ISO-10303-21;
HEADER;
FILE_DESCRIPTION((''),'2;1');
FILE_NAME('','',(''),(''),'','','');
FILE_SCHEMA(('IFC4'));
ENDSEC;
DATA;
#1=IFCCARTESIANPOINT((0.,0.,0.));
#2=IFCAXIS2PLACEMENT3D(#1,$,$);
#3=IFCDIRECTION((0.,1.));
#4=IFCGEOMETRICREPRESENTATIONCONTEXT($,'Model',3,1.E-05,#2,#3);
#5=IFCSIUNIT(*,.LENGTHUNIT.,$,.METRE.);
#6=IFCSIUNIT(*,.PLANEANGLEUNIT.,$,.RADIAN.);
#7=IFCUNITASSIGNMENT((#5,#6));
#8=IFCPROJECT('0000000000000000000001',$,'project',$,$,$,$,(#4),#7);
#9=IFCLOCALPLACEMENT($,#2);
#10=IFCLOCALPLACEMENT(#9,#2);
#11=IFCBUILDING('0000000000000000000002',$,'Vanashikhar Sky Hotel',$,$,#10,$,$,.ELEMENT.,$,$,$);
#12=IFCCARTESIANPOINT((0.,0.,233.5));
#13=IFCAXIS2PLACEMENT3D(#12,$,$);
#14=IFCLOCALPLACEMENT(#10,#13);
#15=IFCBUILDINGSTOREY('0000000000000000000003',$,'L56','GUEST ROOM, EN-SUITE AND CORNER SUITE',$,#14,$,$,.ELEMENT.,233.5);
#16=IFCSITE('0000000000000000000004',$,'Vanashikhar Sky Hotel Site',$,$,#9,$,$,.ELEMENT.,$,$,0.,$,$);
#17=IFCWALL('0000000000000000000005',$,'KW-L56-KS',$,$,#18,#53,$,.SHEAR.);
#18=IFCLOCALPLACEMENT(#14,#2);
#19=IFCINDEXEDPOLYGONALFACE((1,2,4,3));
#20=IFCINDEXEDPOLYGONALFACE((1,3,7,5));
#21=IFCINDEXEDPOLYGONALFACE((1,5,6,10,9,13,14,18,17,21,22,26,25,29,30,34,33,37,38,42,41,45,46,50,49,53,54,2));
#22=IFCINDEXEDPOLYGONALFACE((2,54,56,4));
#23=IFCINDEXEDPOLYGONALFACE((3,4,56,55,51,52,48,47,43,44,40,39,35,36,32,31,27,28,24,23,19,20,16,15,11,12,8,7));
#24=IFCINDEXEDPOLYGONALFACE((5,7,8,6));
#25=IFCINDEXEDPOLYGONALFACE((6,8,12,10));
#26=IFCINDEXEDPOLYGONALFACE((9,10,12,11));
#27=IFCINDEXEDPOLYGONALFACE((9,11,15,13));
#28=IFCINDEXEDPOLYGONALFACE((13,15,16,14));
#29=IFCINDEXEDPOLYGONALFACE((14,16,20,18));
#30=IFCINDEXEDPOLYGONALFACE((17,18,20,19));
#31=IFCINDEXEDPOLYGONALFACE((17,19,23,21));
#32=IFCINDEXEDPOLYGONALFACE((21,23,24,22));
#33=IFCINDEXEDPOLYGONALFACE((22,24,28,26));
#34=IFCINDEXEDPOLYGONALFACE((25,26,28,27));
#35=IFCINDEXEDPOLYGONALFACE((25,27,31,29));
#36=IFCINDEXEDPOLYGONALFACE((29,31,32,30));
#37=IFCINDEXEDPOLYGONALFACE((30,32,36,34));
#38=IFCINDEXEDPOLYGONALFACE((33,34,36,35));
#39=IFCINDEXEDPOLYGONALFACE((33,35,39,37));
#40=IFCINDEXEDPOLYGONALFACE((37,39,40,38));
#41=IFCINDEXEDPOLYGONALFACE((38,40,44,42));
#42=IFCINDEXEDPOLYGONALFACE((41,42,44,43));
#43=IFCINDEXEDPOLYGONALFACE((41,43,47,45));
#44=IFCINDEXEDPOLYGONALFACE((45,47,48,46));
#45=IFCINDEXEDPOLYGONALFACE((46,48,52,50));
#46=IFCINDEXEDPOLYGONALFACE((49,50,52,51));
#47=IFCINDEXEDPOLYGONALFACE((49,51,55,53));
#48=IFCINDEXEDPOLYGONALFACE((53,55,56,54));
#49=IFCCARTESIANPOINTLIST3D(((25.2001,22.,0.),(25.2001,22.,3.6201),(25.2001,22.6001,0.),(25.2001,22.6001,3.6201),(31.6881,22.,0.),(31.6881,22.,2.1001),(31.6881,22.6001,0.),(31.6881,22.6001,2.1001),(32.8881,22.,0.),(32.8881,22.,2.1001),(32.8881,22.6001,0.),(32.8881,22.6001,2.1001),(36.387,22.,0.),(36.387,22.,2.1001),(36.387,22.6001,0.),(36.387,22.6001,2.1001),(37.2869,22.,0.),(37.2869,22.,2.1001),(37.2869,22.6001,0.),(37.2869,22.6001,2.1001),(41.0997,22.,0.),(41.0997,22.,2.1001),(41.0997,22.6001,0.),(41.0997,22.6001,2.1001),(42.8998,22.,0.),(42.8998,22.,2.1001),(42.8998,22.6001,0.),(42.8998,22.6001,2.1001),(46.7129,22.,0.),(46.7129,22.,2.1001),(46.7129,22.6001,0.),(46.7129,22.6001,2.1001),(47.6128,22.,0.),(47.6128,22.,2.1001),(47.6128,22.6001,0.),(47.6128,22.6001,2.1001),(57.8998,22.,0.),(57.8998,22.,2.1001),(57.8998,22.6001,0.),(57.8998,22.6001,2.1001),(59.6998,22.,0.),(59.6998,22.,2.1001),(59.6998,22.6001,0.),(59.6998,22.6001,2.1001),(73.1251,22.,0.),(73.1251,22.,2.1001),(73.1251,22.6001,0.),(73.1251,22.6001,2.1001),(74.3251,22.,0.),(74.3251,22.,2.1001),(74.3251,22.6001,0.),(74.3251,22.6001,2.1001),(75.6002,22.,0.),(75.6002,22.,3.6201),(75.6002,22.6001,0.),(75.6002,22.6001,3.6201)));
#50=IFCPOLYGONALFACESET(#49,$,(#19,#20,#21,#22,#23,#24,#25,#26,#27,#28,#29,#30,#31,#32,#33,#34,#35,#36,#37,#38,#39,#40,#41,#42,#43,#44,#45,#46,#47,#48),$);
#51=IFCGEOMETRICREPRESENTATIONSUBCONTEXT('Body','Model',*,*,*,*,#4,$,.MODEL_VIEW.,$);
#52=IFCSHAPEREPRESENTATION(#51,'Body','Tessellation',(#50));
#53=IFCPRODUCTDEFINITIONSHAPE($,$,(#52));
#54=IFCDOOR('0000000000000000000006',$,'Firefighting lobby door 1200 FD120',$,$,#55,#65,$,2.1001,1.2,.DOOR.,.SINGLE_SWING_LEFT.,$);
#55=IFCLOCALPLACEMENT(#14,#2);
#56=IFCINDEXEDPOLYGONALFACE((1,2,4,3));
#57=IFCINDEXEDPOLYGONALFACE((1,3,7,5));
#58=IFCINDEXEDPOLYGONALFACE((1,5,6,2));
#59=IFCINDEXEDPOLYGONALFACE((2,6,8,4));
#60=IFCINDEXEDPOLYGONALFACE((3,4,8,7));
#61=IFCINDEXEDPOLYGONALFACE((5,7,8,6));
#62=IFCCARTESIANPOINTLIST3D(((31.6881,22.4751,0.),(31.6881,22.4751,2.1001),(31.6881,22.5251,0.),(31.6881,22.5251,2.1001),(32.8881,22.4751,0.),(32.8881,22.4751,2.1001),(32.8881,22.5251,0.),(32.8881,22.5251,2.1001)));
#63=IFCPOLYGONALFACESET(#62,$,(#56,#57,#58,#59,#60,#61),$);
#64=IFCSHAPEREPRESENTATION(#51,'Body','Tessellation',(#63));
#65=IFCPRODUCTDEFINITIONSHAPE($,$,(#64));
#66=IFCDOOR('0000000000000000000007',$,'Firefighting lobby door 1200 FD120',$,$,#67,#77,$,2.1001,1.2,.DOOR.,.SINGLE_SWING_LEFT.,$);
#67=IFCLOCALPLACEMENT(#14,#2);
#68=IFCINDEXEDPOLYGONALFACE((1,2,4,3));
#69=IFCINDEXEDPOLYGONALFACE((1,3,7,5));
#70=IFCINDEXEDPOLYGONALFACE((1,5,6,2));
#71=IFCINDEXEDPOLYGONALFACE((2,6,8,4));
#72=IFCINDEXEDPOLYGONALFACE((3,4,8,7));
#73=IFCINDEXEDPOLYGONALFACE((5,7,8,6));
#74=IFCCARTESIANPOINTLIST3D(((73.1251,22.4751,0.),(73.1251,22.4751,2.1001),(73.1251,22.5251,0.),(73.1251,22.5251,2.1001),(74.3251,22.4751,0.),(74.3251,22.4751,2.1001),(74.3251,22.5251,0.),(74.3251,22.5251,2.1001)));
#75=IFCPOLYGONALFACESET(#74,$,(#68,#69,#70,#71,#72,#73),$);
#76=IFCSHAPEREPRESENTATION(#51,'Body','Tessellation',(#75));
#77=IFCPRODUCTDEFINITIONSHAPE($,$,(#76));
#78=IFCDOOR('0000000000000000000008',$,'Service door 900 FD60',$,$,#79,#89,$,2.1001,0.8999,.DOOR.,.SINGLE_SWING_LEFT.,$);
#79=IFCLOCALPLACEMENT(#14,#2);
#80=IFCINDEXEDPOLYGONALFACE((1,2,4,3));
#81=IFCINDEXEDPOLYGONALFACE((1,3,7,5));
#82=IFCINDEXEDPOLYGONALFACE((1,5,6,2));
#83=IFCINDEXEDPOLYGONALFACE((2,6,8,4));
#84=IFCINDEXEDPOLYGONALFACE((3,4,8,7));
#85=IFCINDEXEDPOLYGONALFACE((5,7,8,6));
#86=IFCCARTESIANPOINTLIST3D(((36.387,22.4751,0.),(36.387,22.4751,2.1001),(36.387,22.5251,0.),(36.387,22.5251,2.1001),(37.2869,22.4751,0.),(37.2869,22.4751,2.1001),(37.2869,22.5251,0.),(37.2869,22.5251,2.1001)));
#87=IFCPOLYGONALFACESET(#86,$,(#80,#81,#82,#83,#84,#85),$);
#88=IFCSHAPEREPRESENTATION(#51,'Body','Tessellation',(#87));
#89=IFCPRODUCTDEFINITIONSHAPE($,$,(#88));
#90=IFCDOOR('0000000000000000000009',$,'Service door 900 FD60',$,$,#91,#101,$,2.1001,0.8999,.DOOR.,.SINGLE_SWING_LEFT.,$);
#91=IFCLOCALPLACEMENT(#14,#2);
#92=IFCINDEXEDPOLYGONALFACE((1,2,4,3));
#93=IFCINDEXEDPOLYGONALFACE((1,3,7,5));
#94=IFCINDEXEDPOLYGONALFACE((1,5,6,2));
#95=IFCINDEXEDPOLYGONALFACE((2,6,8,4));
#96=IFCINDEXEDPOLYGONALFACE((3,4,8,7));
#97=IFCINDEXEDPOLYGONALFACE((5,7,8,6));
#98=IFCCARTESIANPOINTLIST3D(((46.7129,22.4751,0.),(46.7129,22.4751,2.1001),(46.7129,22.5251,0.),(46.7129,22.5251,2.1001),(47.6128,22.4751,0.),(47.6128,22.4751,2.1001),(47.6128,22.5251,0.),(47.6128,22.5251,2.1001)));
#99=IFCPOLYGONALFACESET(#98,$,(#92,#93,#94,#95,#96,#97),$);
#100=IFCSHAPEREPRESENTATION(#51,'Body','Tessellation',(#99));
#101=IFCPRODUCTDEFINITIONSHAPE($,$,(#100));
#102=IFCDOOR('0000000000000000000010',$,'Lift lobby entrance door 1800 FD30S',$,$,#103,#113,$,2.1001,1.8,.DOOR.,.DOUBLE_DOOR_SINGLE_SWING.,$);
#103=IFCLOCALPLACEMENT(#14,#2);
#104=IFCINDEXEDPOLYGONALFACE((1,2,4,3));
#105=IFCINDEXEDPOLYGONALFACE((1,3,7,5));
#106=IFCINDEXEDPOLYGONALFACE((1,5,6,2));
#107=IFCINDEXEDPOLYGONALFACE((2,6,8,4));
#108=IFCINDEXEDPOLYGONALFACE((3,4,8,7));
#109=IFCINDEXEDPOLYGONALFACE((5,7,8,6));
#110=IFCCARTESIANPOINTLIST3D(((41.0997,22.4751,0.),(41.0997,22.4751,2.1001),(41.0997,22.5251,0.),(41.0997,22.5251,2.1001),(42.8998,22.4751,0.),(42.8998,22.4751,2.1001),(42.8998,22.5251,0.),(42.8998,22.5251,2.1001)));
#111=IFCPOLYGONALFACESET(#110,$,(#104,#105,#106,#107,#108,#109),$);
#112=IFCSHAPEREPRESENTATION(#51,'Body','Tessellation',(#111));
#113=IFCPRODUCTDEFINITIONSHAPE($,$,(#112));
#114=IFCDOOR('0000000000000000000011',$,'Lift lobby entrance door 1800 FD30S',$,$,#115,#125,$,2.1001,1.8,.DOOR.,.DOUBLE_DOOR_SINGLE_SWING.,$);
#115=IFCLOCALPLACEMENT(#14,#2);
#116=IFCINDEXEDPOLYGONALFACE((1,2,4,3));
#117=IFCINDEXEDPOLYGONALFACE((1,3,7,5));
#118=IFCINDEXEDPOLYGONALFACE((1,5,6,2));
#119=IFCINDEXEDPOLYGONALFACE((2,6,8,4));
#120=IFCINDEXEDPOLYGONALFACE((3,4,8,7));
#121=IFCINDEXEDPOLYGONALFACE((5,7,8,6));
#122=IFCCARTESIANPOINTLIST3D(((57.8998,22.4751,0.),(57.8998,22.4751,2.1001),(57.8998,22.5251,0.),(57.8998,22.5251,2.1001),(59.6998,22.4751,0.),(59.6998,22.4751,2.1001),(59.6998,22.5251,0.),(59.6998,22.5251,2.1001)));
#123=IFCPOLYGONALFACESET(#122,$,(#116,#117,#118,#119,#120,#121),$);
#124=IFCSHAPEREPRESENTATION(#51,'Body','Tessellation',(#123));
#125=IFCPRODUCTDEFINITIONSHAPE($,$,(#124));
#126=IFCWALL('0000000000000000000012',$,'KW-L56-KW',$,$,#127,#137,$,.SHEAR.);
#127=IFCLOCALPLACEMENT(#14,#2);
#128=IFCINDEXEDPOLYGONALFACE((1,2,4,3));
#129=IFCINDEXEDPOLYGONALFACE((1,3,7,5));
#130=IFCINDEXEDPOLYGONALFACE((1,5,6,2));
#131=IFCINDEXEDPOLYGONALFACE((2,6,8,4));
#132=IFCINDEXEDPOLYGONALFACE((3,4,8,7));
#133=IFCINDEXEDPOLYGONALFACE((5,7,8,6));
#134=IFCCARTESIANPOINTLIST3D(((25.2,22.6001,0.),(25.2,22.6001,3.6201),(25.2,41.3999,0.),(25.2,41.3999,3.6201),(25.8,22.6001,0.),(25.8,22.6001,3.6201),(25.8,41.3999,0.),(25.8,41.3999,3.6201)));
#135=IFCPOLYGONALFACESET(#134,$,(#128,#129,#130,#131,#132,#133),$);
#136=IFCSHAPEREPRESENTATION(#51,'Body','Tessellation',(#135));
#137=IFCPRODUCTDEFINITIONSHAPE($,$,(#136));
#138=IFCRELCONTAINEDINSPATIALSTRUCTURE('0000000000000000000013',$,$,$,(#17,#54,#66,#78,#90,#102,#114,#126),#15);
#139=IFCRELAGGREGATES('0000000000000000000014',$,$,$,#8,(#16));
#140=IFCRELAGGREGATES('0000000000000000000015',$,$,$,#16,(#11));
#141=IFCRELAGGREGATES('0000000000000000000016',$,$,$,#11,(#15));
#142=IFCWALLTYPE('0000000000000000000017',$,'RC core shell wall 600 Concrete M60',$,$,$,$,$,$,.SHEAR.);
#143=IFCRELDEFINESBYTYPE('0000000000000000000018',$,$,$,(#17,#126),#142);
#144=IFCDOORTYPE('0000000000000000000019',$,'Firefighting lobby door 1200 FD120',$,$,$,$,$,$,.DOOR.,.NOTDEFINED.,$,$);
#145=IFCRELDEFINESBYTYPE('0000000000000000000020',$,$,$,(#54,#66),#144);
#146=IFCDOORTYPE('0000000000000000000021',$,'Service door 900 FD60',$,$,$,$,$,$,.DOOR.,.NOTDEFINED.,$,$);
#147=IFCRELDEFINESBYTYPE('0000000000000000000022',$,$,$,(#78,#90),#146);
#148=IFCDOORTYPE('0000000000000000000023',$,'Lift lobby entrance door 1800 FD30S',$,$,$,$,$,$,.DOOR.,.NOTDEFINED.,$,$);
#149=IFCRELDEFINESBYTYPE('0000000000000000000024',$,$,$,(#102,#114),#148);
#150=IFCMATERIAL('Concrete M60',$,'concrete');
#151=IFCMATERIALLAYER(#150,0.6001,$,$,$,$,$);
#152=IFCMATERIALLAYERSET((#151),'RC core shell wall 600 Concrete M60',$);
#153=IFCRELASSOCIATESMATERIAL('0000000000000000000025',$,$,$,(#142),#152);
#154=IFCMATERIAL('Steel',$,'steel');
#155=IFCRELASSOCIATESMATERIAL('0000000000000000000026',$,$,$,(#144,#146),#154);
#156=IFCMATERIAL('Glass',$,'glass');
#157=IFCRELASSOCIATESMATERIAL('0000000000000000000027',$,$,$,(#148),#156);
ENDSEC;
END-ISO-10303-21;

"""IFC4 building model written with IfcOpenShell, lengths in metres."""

from ifc_helpers import new_model, si_unit, direction, frame, frame_2d, origin, place, context, subcontext, project, spatial, rectangle, extrude, source, transform, mapped, material, layer, layer_set, type_object, element, fill, save


model = new_model("IFC4")

# Units and contexts
model_context = context("Model", 3, precision=1e-05, world=origin(), true_north=direction((0.0, 1.0)))
body_context = subcontext(model_context, "Body", "Model", "MODEL_VIEW")
ifc_project = project(units=[si_unit("LENGTHUNIT", "METRE"), si_unit("PLANEANGLEUNIT", "RADIAN")], contexts=[model_context])

# Site, building, storey
site_placement = place(None, origin())
site = spatial("IfcSite", under=ifc_project, at=site_placement, Name="Vanashikhar Sky Hotel Site", CompositionType="ELEMENT", RefElevation=0.0)
building_placement = place(site_placement, origin())
building = spatial("IfcBuilding", under=site, at=building_placement, Name="Vanashikhar Sky Hotel", CompositionType="ELEMENT")
storey_placement = place(building_placement, frame((0.0, 0.0, 233.5)))
storey = spatial("IfcBuildingStorey", under=building, at=storey_placement, Name="L56", Description="GUEST ROOM, EN-SUITE AND CORNER SUITE", CompositionType="ELEMENT", Elevation=233.5)

# Wall, openings, doors
ifc_material_1 = material(Name="Concrete M60", Category="concrete")
ifc_layer_1 = layer(ifc_material_1, 0.6001)
ifc_layer_set_1 = layer_set([ifc_layer_1], Name="RC core shell wall 600 Concrete M60")
wall_type_1 = type_object("IfcWallType", Name="RC core shell wall 600 Concrete M60", PredefinedType="SHEAR", material=ifc_layer_set_1)
shared_shape_1 = source(origin(), body_context, "Body", "SweptSolid", [
    extrude(rectangle(XDim=50.4001, YDim=0.6001, at=frame_2d((25.2002, 0.0))), origin(), (0.0, 0.0, 1.0), 3.6201),
])
wall_1_placement = place(storey_placement, frame((25.2, 22.3, 0.0), z_axis=(0.0, 0.0, 1.0), x_axis=(1.0, 0.0, 0.0)))
wall_1 = element("IfcWall", 1, at=wall_1_placement, inside=storey, type_object=wall_type_1, Name="KW-L56-KS", PredefinedType="SHEAR", context=body_context, shape_type="MappedRepresentation", body=[
    mapped(shared_shape_1, transform((0.0, 0.0, 0.0), scale=1.0)),
])
shared_shape_2 = source(origin(), body_context, "Body", "SweptSolid", [
    extrude(rectangle(XDim=1.8, YDim=2.1001, at=frame_2d((0.8999, 1.05))), frame((0.0, 0.3101, 0.0), z_axis=(0.0, -1.0, 0.0), x_axis=(1.0, 0.0, 0.0)), (0.0, 0.0, 1.0), 0.6201),
])
opening_1_placement = place(wall_1_placement, frame((15.8999, 0.0, 0.0)))
opening_1 = element("IfcOpeningElement", 2, at=opening_1_placement, cuts=wall_1, PredefinedType="OPENING", context=body_context, shape_type="MappedRepresentation", body=[
    mapped(shared_shape_2, transform((0.0, 0.0, 0.0), scale=1.0)),
])
shared_shape_3 = source(origin(), body_context, "Body", "SweptSolid", [
    extrude(rectangle(XDim=0.8999, YDim=2.1001, at=frame_2d((0.45, 1.05))), frame((0.0, 0.3101, 0.0), z_axis=(0.0, -1.0, 0.0), x_axis=(1.0, 0.0, 0.0)), (0.0, 0.0, 1.0), 0.6201),
])
opening_2_placement = place(wall_1_placement, frame((11.187, 0.0, 0.0)))
opening_2 = element("IfcOpeningElement", 3, at=opening_2_placement, cuts=wall_1, PredefinedType="OPENING", context=body_context, shape_type="MappedRepresentation", body=[
    mapped(shared_shape_3, transform((0.0, 0.0, 0.0), scale=1.0)),
])
opening_3_placement = place(wall_1_placement, frame((21.5129, 0.0, 0.0)))
opening_3 = element("IfcOpeningElement", 4, at=opening_3_placement, cuts=wall_1, PredefinedType="OPENING", context=body_context, shape_type="MappedRepresentation", body=[
    mapped(shared_shape_3, transform((0.0, 0.0, 0.0), scale=1.0)),
])
opening_4_placement = place(wall_1_placement, frame((32.7, 0.0, 0.0)))
opening_4 = element("IfcOpeningElement", 5, at=opening_4_placement, cuts=wall_1, PredefinedType="OPENING", context=body_context, shape_type="MappedRepresentation", body=[
    mapped(shared_shape_2, transform((0.0, 0.0, 0.0), scale=1.0)),
])
shared_shape_4 = source(origin(), body_context, "Body", "SweptSolid", [
    extrude(rectangle(XDim=1.2, YDim=2.1001, at=frame_2d((0.6001, 1.05))), frame((0.0, 0.3101, 0.0), z_axis=(0.0, -1.0, 0.0), x_axis=(1.0, 0.0, 0.0)), (0.0, 0.0, 1.0), 0.6201),
])
opening_5_placement = place(wall_1_placement, frame((6.488, 0.0, 0.0)))
opening_5 = element("IfcOpeningElement", 6, at=opening_5_placement, cuts=wall_1, PredefinedType="OPENING", context=body_context, shape_type="MappedRepresentation", body=[
    mapped(shared_shape_4, transform((0.0, 0.0, 0.0), scale=1.0)),
])
opening_6_placement = place(wall_1_placement, frame((47.925, 0.0, 0.0)))
opening_6 = element("IfcOpeningElement", 7, at=opening_6_placement, cuts=wall_1, PredefinedType="OPENING", context=body_context, shape_type="MappedRepresentation", body=[
    mapped(shared_shape_4, transform((0.0, 0.0, 0.0), scale=1.0)),
])
ifc_material_2 = material(Name="Steel", Category="steel")
door_type_1 = type_object("IfcDoorType", Name="Firefighting lobby door 1200 FD120", OperationType="NOTDEFINED", PredefinedType="DOOR", material=ifc_material_2)
shared_shape_5 = source(origin(), body_context, "Body", "SweptSolid", [
    extrude(rectangle(XDim=1.2, YDim=2.1001, at=frame_2d((0.6001, 1.05))), frame((0.0, 0.2251, 0.0), z_axis=(0.0, -1.0, 0.0), x_axis=(1.0, 0.0, 0.0)), (0.0, 0.0, 1.0), 0.05),
])
door_1_placement = place(opening_5_placement, origin())
door_1 = element("IfcDoor", 8, at=door_1_placement, inside=storey, type_object=door_type_1, Name="Firefighting lobby door 1200 FD120", OperationType="SINGLE_SWING_LEFT", OverallHeight=2.1001, OverallWidth=1.2, PredefinedType="DOOR", context=body_context, shape_type="MappedRepresentation", body=[
    mapped(shared_shape_5, transform((0.0, 0.0, 0.0), scale=1.0)),
])
fill(opening_5, door_1)
door_2_placement = place(opening_6_placement, origin())
door_2 = element("IfcDoor", 9, at=door_2_placement, inside=storey, type_object=door_type_1, Name="Firefighting lobby door 1200 FD120", OperationType="SINGLE_SWING_LEFT", OverallHeight=2.1001, OverallWidth=1.2, PredefinedType="DOOR", context=body_context, shape_type="MappedRepresentation", body=[
    mapped(shared_shape_5, transform((0.0, 0.0, 0.0), scale=1.0)),
])
fill(opening_6, door_2)
door_type_2 = type_object("IfcDoorType", Name="Service door 900 FD60", OperationType="NOTDEFINED", PredefinedType="DOOR", material=ifc_material_2)
shared_shape_6 = source(origin(), body_context, "Body", "SweptSolid", [
    extrude(rectangle(XDim=0.8999, YDim=2.1001, at=frame_2d((0.45, 1.05))), frame((0.0, 0.2251, 0.0), z_axis=(0.0, -1.0, 0.0), x_axis=(1.0, 0.0, 0.0)), (0.0, 0.0, 1.0), 0.05),
])
door_3_placement = place(opening_2_placement, origin())
door_3 = element("IfcDoor", 10, at=door_3_placement, inside=storey, type_object=door_type_2, Name="Service door 900 FD60", OperationType="SINGLE_SWING_LEFT", OverallHeight=2.1001, OverallWidth=0.8999, PredefinedType="DOOR", context=body_context, shape_type="MappedRepresentation", body=[
    mapped(shared_shape_6, transform((0.0, 0.0, 0.0), scale=1.0)),
])
fill(opening_2, door_3)
door_4_placement = place(opening_3_placement, origin())
door_4 = element("IfcDoor", 11, at=door_4_placement, inside=storey, type_object=door_type_2, Name="Service door 900 FD60", OperationType="SINGLE_SWING_LEFT", OverallHeight=2.1001, OverallWidth=0.8999, PredefinedType="DOOR", context=body_context, shape_type="MappedRepresentation", body=[
    mapped(shared_shape_6, transform((0.0, 0.0, 0.0), scale=1.0)),
])
fill(opening_3, door_4)
ifc_material_3 = material(Name="Glass", Category="glass")
door_type_3 = type_object("IfcDoorType", Name="Lift lobby entrance door 1800 FD30S", OperationType="NOTDEFINED", PredefinedType="DOOR", material=ifc_material_3)
shared_shape_7 = source(origin(), body_context, "Body", "SweptSolid", [
    extrude(rectangle(XDim=1.8, YDim=2.1001, at=frame_2d((0.8999, 1.05))), frame((0.0, 0.2251, 0.0), z_axis=(0.0, -1.0, 0.0), x_axis=(1.0, 0.0, 0.0)), (0.0, 0.0, 1.0), 0.05),
])
door_5_placement = place(opening_1_placement, origin())
door_5 = element("IfcDoor", 12, at=door_5_placement, inside=storey, type_object=door_type_3, Name="Lift lobby entrance door 1800 FD30S", OperationType="DOUBLE_DOOR_SINGLE_SWING", OverallHeight=2.1001, OverallWidth=1.8, PredefinedType="DOOR", context=body_context, shape_type="MappedRepresentation", body=[
    mapped(shared_shape_7, transform((0.0, 0.0, 0.0), scale=1.0)),
])
fill(opening_1, door_5)
door_6_placement = place(opening_4_placement, origin())
door_6 = element("IfcDoor", 13, at=door_6_placement, inside=storey, type_object=door_type_3, Name="Lift lobby entrance door 1800 FD30S", OperationType="DOUBLE_DOOR_SINGLE_SWING", OverallHeight=2.1001, OverallWidth=1.8, PredefinedType="DOOR", context=body_context, shape_type="MappedRepresentation", body=[
    mapped(shared_shape_7, transform((0.0, 0.0, 0.0), scale=1.0)),
])
fill(opening_4, door_6)

# Wall
shared_shape_8 = source(origin(), body_context, "Body", "SweptSolid", [
    extrude(rectangle(XDim=18.7998, YDim=0.6001, at=frame_2d((9.3999, 0.0))), origin(), (0.0, 0.0, 1.0), 3.6201),
])
wall_2_placement = place(storey_placement, frame((25.5, 22.6001, 0.0), z_axis=(0.0, 0.0, 1.0), x_axis=(0.0, 1.0, 0.0)))
element("IfcWall", 14, at=wall_2_placement, inside=storey, type_object=wall_type_1, Name="KW-L56-KW", PredefinedType="SHEAR", context=body_context, shape_type="MappedRepresentation", body=[
    mapped(shared_shape_8, transform((0.0, 0.0, 0.0), scale=1.0)),
])

save(model, "model.ifc")
